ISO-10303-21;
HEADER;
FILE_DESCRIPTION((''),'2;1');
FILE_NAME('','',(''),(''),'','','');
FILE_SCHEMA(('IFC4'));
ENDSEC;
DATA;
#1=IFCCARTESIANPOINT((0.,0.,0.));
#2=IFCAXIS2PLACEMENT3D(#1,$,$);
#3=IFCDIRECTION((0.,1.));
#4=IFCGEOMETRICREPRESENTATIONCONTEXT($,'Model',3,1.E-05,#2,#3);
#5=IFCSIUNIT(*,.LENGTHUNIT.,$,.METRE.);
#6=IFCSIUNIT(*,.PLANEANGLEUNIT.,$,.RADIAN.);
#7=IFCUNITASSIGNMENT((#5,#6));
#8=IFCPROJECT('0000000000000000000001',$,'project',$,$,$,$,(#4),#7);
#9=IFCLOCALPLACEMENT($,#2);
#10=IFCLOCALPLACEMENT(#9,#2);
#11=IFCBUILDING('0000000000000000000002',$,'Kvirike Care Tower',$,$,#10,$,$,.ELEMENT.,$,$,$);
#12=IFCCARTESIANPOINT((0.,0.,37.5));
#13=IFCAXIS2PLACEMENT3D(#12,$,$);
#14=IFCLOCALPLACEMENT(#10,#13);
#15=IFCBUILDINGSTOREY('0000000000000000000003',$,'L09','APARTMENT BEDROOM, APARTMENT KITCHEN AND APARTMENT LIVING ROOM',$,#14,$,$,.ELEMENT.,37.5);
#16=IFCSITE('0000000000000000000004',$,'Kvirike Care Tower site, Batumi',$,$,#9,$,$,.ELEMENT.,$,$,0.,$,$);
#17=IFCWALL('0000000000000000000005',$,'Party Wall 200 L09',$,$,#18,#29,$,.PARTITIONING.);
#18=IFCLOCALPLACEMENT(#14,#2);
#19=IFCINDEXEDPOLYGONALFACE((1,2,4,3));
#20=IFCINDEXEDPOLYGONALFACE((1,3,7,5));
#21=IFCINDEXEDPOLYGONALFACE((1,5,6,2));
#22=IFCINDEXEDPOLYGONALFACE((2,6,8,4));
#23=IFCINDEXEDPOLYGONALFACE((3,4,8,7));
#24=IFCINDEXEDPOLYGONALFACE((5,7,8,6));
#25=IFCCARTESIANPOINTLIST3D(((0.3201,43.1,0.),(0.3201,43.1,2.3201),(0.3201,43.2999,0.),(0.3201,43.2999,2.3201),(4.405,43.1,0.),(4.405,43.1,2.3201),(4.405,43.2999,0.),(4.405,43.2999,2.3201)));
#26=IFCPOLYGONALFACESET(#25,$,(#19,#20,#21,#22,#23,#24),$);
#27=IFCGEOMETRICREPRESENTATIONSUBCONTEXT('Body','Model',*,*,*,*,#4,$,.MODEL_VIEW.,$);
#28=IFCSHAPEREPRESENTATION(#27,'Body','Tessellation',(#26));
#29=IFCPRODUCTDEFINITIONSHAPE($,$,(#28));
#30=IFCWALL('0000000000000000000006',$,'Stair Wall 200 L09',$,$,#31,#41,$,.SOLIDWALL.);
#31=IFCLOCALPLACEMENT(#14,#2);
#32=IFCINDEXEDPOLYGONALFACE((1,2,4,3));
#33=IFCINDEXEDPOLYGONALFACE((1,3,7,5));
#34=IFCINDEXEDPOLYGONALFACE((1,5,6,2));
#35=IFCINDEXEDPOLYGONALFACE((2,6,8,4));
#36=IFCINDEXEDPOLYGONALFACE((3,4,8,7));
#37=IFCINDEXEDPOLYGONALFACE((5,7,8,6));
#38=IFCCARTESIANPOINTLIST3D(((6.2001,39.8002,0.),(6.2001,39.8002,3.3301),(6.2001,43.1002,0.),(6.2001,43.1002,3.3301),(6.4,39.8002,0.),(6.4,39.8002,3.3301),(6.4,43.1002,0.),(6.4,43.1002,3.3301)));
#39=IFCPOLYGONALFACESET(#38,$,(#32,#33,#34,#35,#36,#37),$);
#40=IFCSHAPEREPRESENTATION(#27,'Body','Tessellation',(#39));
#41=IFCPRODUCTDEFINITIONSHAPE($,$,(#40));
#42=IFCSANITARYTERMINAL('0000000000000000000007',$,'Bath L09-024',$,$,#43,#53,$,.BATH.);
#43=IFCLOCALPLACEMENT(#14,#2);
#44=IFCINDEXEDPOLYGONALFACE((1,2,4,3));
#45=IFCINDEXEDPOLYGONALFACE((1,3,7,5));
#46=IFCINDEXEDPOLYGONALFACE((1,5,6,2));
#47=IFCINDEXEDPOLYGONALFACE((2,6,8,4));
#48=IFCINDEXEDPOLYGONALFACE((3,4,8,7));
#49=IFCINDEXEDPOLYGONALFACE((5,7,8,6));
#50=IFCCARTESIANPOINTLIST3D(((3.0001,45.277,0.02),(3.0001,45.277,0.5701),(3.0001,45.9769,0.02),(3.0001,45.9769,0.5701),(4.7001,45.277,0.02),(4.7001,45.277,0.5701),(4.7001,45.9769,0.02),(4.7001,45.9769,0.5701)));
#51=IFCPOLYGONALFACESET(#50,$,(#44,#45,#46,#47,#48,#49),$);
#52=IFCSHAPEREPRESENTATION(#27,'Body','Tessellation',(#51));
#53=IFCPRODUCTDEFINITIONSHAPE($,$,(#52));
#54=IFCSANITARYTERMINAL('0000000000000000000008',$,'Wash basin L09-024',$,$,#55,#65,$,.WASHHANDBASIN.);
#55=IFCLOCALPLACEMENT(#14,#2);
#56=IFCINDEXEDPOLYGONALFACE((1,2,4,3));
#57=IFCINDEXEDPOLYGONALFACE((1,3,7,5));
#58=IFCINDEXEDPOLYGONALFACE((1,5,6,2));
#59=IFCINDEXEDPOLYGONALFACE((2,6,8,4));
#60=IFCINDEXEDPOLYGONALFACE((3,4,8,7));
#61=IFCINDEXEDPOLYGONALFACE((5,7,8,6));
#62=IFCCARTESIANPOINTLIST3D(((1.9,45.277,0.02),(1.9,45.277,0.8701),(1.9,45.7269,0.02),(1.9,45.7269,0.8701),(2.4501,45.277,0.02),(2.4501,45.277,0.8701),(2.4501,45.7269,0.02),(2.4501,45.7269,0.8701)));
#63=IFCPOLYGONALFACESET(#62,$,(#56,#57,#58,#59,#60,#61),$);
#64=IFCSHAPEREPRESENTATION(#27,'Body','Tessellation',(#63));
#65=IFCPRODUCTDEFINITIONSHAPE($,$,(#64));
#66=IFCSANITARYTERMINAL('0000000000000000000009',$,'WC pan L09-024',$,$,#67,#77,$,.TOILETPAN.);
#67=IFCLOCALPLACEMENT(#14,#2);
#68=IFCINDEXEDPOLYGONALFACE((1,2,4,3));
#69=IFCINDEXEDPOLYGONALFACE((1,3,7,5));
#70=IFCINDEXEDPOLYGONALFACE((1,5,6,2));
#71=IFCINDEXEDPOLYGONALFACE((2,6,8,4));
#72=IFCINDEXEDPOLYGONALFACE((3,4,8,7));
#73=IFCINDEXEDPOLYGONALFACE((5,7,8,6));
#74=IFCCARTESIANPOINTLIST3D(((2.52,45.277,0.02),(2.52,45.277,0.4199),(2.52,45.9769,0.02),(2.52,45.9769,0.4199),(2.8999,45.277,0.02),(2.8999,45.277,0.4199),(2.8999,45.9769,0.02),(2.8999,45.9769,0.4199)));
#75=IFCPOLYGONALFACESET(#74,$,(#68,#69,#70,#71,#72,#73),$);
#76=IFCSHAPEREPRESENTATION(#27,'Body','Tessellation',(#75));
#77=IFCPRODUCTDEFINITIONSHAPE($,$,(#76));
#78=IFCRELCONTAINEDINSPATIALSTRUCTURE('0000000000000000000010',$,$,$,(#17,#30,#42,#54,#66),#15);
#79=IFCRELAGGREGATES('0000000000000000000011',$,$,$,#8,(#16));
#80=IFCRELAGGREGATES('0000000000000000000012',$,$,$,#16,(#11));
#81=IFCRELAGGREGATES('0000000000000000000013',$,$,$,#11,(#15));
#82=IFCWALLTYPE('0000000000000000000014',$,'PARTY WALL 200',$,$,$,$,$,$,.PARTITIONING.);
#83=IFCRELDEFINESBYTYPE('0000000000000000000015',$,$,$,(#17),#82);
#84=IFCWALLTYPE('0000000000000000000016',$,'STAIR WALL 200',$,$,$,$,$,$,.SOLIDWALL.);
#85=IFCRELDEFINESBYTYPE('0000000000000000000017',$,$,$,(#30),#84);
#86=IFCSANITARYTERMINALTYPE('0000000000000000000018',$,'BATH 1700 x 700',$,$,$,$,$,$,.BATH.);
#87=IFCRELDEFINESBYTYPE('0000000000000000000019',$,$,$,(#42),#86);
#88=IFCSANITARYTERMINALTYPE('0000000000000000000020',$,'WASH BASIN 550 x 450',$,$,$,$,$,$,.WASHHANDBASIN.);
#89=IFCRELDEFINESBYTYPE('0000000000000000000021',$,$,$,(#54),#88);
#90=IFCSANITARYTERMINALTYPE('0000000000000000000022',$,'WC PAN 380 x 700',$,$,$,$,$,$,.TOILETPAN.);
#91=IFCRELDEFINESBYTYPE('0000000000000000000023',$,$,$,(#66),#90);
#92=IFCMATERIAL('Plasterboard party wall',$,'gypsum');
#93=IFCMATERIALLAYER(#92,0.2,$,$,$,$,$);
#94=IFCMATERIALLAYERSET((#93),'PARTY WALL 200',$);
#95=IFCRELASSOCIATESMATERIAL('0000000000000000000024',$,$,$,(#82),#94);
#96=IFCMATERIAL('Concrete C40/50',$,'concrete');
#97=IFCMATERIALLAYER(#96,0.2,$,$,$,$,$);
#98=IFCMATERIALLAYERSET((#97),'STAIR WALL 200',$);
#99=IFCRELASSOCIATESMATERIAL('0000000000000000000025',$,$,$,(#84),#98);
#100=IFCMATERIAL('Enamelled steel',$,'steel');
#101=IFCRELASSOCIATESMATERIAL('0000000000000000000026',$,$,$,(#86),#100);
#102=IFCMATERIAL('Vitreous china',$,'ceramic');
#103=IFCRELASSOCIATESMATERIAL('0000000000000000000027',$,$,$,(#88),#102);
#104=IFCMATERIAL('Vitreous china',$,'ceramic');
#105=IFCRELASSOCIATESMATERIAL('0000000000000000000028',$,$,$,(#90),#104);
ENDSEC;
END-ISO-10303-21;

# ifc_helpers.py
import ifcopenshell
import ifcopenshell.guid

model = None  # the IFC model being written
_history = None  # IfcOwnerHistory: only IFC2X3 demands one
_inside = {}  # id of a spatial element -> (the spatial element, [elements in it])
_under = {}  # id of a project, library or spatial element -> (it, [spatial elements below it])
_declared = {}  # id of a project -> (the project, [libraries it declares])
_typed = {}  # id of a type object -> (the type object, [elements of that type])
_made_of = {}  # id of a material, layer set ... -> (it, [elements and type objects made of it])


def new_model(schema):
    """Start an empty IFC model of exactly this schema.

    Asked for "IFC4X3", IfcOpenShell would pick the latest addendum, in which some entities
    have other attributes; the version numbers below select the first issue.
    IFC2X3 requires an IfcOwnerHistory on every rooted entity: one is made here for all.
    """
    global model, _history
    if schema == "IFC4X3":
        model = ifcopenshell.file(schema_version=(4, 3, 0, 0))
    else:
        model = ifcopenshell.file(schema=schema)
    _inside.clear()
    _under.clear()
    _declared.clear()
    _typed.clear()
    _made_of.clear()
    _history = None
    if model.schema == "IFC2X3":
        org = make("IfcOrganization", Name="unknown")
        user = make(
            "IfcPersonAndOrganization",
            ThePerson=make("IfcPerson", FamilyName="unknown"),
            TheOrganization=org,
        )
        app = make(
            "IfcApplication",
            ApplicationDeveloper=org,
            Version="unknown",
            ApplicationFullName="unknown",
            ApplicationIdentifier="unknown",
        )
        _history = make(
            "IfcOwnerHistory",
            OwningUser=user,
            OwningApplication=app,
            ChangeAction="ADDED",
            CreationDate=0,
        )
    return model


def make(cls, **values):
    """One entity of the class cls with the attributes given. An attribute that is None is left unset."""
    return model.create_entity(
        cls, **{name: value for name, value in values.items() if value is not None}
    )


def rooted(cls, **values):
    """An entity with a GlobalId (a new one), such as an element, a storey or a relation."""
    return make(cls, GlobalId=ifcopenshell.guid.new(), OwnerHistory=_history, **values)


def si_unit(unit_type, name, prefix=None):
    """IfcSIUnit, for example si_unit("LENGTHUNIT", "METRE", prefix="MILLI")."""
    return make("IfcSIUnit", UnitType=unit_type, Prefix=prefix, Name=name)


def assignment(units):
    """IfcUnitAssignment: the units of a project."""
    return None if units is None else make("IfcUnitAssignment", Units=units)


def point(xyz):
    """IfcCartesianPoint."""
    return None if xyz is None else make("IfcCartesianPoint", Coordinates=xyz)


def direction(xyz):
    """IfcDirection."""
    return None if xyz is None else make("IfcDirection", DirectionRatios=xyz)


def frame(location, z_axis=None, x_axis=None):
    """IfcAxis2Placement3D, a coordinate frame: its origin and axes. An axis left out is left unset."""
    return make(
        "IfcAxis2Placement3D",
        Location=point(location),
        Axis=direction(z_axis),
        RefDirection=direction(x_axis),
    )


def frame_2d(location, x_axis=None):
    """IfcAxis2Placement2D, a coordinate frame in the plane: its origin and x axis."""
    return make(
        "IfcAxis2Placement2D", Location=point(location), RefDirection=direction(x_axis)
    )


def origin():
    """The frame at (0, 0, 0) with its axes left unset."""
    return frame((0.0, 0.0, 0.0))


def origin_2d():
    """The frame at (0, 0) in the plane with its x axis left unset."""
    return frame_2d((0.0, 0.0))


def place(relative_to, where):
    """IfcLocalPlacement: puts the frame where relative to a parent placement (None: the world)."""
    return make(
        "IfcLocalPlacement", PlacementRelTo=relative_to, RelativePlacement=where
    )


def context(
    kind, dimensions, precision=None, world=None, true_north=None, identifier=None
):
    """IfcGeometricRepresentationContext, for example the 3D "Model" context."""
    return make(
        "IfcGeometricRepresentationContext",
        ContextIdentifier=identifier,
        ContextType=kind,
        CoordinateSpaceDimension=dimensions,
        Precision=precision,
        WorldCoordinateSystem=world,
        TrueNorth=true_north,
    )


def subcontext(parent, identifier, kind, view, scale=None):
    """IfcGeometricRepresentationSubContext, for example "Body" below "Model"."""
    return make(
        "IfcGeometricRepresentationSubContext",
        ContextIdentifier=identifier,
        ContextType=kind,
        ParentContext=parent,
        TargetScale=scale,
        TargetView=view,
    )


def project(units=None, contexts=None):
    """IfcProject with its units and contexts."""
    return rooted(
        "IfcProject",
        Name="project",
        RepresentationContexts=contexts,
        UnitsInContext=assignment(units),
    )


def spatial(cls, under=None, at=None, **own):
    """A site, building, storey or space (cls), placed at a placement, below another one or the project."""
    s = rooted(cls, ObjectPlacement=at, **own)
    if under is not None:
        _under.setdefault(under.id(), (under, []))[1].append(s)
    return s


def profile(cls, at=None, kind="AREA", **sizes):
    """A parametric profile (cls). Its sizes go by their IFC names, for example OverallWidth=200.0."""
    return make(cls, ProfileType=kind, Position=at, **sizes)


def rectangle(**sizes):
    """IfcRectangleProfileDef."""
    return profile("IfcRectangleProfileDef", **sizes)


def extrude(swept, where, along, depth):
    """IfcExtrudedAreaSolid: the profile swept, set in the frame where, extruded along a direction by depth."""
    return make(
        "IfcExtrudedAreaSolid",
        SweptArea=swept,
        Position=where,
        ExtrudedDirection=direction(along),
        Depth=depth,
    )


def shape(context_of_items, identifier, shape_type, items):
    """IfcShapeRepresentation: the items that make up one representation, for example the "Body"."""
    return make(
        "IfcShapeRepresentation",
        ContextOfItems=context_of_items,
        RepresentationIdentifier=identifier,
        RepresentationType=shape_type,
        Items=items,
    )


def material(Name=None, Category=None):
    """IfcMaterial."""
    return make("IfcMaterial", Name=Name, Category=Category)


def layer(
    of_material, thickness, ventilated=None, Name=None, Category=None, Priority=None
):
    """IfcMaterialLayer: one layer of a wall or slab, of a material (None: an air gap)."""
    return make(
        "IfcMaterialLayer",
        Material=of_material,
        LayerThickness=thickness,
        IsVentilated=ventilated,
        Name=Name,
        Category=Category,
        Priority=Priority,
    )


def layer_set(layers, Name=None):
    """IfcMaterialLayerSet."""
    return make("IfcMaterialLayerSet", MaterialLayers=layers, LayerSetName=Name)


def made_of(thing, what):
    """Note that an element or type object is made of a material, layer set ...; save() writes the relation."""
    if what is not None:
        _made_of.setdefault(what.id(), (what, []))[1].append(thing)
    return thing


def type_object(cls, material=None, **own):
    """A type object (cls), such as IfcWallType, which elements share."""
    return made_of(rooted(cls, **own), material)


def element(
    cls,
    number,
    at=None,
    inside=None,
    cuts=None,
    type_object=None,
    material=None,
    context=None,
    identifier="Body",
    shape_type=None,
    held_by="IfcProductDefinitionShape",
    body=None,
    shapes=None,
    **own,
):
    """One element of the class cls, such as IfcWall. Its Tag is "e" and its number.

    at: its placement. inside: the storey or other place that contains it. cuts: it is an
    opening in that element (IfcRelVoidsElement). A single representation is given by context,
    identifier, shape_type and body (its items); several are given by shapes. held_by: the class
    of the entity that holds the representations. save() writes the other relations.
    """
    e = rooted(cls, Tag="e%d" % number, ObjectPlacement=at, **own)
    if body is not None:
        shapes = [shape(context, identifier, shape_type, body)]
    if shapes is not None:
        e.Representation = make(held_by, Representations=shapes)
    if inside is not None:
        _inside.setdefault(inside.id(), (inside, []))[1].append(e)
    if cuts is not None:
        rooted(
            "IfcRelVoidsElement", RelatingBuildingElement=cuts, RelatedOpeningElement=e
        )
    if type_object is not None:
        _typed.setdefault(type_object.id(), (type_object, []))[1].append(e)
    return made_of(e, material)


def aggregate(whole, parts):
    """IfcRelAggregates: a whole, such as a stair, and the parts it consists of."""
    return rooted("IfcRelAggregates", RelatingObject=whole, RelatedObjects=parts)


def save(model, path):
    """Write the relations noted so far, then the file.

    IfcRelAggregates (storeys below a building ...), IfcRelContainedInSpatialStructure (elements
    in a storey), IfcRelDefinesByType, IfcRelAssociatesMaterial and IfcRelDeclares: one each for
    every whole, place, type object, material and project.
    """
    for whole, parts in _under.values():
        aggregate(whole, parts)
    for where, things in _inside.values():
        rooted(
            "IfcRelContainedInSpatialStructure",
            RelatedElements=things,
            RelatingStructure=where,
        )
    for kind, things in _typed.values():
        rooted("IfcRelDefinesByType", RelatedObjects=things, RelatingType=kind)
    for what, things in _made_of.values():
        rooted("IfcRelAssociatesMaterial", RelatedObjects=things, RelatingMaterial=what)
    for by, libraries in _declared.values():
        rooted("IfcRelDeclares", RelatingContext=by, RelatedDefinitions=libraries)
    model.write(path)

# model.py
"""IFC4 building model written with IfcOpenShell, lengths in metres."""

from ifc_helpers import new_model, si_unit, direction, frame, frame_2d, origin, origin_2d, place, context, subcontext, project, spatial, rectangle, extrude, material, layer, layer_set, type_object, element, save


model = new_model("IFC4")

# Units and contexts
model_context = context("Model", 3, precision=1e-05, world=origin(), true_north=direction((0.0, 1.0)))
body_context = subcontext(model_context, "Body", "Model", "MODEL_VIEW")
ifc_project = project(units=[si_unit("LENGTHUNIT", "METRE"), si_unit("PLANEANGLEUNIT", "RADIAN")], contexts=[model_context])

# Site, building, storey
site_placement = place(None, origin())
site = spatial("IfcSite", under=ifc_project, at=site_placement, Name="Kvirike Care Tower site, Batumi", CompositionType="ELEMENT", RefElevation=0.0)
building_placement = place(site_placement, origin())
building = spatial("IfcBuilding", under=site, at=building_placement, Name="Kvirike Care Tower", CompositionType="ELEMENT")
storey_placement = place(building_placement, frame((0.0, 0.0, 37.5)))
storey = spatial("IfcBuildingStorey", under=building, at=storey_placement, Name="L09", Description="APARTMENT BEDROOM, APARTMENT KITCHEN AND APARTMENT LIVING ROOM", CompositionType="ELEMENT", Elevation=37.5)

# Walls
ifc_material_1 = material(Name="Plasterboard party wall", Category="gypsum")
ifc_layer_1 = layer(ifc_material_1, 0.2)
ifc_layer_set_1 = layer_set([ifc_layer_1], Name="PARTY WALL 200")
wall_type_1 = type_object("IfcWallType", Name="PARTY WALL 200", PredefinedType="PARTITIONING", material=ifc_layer_set_1)
wall_1_placement = place(storey_placement, frame((4.405, 43.2, 0.0), z_axis=(0.0, 0.0, 1.0), x_axis=(-1.0, 0.0, 0.0)))
element("IfcWall", 1, at=wall_1_placement, inside=storey, type_object=wall_type_1, Name="Party Wall 200 L09", PredefinedType="PARTITIONING", context=body_context, shape_type="SweptSolid", body=[
    extrude(rectangle(XDim=4.085, YDim=0.2, at=frame_2d((2.0425, 0.0))), origin(), (0.0, 0.0, 1.0), 2.3201),
])
ifc_material_2 = material(Name="Concrete C40/50", Category="concrete")
ifc_layer_2 = layer(ifc_material_2, 0.2)
ifc_layer_set_2 = layer_set([ifc_layer_2], Name="STAIR WALL 200")
wall_type_2 = type_object("IfcWallType", Name="STAIR WALL 200", PredefinedType="SOLIDWALL", material=ifc_layer_set_2)
wall_2_placement = place(storey_placement, frame((6.3, 43.1001, 0.0), z_axis=(0.0, 0.0, 1.0), x_axis=(0.0, -1.0, 0.0)))
element("IfcWall", 2, at=wall_2_placement, inside=storey, type_object=wall_type_2, Name="Stair Wall 200 L09", PredefinedType="SOLIDWALL", context=body_context, shape_type="SweptSolid", body=[
    extrude(rectangle(XDim=3.3, YDim=0.2, at=frame_2d((1.6499, 0.0))), origin(), (0.0, 0.0, 1.0), 3.3301),
])

# Sanitary terminals
ifc_material_3 = material(Name="Enamelled steel", Category="steel")
sanitary_terminal_type_1 = type_object("IfcSanitaryTerminalType", Name="BATH 1700 x 700", PredefinedType="BATH", material=ifc_material_3)
sanitary_terminal_1_placement = place(storey_placement, frame((3.8501, 45.627, 0.02), z_axis=(0.0, 0.0, 1.0), x_axis=(-1.0, 0.0, 0.0)))
element("IfcSanitaryTerminal", 3, at=sanitary_terminal_1_placement, inside=storey, type_object=sanitary_terminal_type_1, Name="Bath L09-024", PredefinedType="BATH", context=body_context, shape_type="SweptSolid", body=[
    extrude(rectangle(XDim=1.7, YDim=0.7, at=origin_2d()), origin(), (0.0, 0.0, 1.0), 0.55),
])
ifc_material_4 = material(Name="Vitreous china", Category="ceramic")
sanitary_terminal_type_2 = type_object("IfcSanitaryTerminalType", Name="WASH BASIN 550 x 450", PredefinedType="WASHHANDBASIN", material=ifc_material_4)
sanitary_terminal_2_placement = place(storey_placement, frame((2.175, 45.502, 0.02), z_axis=(0.0, 0.0, 1.0), x_axis=(-1.0, 0.0, 0.0)))
element("IfcSanitaryTerminal", 4, at=sanitary_terminal_2_placement, inside=storey, type_object=sanitary_terminal_type_2, Name="Wash basin L09-024", PredefinedType="WASHHANDBASIN", context=body_context, shape_type="SweptSolid", body=[
    extrude(rectangle(XDim=0.55, YDim=0.45, at=origin_2d()), origin(), (0.0, 0.0, 1.0), 0.8501),
])
ifc_material_5 = material(Name="Vitreous china", Category="ceramic")
sanitary_terminal_type_3 = type_object("IfcSanitaryTerminalType", Name="WC PAN 380 x 700", PredefinedType="TOILETPAN", material=ifc_material_5)
sanitary_terminal_3_placement = place(storey_placement, frame((2.71, 45.627, 0.02), z_axis=(0.0, 0.0, 1.0), x_axis=(-1.0, 0.0, 0.0)))
element("IfcSanitaryTerminal", 5, at=sanitary_terminal_3_placement, inside=storey, type_object=sanitary_terminal_type_3, Name="WC pan L09-024", PredefinedType="TOILETPAN", context=body_context, shape_type="SweptSolid", body=[
    extrude(rectangle(XDim=0.3799, YDim=0.7, at=origin_2d()), origin(), (0.0, 0.0, 1.0), 0.3999),
])

save(model, "model.ifc")
